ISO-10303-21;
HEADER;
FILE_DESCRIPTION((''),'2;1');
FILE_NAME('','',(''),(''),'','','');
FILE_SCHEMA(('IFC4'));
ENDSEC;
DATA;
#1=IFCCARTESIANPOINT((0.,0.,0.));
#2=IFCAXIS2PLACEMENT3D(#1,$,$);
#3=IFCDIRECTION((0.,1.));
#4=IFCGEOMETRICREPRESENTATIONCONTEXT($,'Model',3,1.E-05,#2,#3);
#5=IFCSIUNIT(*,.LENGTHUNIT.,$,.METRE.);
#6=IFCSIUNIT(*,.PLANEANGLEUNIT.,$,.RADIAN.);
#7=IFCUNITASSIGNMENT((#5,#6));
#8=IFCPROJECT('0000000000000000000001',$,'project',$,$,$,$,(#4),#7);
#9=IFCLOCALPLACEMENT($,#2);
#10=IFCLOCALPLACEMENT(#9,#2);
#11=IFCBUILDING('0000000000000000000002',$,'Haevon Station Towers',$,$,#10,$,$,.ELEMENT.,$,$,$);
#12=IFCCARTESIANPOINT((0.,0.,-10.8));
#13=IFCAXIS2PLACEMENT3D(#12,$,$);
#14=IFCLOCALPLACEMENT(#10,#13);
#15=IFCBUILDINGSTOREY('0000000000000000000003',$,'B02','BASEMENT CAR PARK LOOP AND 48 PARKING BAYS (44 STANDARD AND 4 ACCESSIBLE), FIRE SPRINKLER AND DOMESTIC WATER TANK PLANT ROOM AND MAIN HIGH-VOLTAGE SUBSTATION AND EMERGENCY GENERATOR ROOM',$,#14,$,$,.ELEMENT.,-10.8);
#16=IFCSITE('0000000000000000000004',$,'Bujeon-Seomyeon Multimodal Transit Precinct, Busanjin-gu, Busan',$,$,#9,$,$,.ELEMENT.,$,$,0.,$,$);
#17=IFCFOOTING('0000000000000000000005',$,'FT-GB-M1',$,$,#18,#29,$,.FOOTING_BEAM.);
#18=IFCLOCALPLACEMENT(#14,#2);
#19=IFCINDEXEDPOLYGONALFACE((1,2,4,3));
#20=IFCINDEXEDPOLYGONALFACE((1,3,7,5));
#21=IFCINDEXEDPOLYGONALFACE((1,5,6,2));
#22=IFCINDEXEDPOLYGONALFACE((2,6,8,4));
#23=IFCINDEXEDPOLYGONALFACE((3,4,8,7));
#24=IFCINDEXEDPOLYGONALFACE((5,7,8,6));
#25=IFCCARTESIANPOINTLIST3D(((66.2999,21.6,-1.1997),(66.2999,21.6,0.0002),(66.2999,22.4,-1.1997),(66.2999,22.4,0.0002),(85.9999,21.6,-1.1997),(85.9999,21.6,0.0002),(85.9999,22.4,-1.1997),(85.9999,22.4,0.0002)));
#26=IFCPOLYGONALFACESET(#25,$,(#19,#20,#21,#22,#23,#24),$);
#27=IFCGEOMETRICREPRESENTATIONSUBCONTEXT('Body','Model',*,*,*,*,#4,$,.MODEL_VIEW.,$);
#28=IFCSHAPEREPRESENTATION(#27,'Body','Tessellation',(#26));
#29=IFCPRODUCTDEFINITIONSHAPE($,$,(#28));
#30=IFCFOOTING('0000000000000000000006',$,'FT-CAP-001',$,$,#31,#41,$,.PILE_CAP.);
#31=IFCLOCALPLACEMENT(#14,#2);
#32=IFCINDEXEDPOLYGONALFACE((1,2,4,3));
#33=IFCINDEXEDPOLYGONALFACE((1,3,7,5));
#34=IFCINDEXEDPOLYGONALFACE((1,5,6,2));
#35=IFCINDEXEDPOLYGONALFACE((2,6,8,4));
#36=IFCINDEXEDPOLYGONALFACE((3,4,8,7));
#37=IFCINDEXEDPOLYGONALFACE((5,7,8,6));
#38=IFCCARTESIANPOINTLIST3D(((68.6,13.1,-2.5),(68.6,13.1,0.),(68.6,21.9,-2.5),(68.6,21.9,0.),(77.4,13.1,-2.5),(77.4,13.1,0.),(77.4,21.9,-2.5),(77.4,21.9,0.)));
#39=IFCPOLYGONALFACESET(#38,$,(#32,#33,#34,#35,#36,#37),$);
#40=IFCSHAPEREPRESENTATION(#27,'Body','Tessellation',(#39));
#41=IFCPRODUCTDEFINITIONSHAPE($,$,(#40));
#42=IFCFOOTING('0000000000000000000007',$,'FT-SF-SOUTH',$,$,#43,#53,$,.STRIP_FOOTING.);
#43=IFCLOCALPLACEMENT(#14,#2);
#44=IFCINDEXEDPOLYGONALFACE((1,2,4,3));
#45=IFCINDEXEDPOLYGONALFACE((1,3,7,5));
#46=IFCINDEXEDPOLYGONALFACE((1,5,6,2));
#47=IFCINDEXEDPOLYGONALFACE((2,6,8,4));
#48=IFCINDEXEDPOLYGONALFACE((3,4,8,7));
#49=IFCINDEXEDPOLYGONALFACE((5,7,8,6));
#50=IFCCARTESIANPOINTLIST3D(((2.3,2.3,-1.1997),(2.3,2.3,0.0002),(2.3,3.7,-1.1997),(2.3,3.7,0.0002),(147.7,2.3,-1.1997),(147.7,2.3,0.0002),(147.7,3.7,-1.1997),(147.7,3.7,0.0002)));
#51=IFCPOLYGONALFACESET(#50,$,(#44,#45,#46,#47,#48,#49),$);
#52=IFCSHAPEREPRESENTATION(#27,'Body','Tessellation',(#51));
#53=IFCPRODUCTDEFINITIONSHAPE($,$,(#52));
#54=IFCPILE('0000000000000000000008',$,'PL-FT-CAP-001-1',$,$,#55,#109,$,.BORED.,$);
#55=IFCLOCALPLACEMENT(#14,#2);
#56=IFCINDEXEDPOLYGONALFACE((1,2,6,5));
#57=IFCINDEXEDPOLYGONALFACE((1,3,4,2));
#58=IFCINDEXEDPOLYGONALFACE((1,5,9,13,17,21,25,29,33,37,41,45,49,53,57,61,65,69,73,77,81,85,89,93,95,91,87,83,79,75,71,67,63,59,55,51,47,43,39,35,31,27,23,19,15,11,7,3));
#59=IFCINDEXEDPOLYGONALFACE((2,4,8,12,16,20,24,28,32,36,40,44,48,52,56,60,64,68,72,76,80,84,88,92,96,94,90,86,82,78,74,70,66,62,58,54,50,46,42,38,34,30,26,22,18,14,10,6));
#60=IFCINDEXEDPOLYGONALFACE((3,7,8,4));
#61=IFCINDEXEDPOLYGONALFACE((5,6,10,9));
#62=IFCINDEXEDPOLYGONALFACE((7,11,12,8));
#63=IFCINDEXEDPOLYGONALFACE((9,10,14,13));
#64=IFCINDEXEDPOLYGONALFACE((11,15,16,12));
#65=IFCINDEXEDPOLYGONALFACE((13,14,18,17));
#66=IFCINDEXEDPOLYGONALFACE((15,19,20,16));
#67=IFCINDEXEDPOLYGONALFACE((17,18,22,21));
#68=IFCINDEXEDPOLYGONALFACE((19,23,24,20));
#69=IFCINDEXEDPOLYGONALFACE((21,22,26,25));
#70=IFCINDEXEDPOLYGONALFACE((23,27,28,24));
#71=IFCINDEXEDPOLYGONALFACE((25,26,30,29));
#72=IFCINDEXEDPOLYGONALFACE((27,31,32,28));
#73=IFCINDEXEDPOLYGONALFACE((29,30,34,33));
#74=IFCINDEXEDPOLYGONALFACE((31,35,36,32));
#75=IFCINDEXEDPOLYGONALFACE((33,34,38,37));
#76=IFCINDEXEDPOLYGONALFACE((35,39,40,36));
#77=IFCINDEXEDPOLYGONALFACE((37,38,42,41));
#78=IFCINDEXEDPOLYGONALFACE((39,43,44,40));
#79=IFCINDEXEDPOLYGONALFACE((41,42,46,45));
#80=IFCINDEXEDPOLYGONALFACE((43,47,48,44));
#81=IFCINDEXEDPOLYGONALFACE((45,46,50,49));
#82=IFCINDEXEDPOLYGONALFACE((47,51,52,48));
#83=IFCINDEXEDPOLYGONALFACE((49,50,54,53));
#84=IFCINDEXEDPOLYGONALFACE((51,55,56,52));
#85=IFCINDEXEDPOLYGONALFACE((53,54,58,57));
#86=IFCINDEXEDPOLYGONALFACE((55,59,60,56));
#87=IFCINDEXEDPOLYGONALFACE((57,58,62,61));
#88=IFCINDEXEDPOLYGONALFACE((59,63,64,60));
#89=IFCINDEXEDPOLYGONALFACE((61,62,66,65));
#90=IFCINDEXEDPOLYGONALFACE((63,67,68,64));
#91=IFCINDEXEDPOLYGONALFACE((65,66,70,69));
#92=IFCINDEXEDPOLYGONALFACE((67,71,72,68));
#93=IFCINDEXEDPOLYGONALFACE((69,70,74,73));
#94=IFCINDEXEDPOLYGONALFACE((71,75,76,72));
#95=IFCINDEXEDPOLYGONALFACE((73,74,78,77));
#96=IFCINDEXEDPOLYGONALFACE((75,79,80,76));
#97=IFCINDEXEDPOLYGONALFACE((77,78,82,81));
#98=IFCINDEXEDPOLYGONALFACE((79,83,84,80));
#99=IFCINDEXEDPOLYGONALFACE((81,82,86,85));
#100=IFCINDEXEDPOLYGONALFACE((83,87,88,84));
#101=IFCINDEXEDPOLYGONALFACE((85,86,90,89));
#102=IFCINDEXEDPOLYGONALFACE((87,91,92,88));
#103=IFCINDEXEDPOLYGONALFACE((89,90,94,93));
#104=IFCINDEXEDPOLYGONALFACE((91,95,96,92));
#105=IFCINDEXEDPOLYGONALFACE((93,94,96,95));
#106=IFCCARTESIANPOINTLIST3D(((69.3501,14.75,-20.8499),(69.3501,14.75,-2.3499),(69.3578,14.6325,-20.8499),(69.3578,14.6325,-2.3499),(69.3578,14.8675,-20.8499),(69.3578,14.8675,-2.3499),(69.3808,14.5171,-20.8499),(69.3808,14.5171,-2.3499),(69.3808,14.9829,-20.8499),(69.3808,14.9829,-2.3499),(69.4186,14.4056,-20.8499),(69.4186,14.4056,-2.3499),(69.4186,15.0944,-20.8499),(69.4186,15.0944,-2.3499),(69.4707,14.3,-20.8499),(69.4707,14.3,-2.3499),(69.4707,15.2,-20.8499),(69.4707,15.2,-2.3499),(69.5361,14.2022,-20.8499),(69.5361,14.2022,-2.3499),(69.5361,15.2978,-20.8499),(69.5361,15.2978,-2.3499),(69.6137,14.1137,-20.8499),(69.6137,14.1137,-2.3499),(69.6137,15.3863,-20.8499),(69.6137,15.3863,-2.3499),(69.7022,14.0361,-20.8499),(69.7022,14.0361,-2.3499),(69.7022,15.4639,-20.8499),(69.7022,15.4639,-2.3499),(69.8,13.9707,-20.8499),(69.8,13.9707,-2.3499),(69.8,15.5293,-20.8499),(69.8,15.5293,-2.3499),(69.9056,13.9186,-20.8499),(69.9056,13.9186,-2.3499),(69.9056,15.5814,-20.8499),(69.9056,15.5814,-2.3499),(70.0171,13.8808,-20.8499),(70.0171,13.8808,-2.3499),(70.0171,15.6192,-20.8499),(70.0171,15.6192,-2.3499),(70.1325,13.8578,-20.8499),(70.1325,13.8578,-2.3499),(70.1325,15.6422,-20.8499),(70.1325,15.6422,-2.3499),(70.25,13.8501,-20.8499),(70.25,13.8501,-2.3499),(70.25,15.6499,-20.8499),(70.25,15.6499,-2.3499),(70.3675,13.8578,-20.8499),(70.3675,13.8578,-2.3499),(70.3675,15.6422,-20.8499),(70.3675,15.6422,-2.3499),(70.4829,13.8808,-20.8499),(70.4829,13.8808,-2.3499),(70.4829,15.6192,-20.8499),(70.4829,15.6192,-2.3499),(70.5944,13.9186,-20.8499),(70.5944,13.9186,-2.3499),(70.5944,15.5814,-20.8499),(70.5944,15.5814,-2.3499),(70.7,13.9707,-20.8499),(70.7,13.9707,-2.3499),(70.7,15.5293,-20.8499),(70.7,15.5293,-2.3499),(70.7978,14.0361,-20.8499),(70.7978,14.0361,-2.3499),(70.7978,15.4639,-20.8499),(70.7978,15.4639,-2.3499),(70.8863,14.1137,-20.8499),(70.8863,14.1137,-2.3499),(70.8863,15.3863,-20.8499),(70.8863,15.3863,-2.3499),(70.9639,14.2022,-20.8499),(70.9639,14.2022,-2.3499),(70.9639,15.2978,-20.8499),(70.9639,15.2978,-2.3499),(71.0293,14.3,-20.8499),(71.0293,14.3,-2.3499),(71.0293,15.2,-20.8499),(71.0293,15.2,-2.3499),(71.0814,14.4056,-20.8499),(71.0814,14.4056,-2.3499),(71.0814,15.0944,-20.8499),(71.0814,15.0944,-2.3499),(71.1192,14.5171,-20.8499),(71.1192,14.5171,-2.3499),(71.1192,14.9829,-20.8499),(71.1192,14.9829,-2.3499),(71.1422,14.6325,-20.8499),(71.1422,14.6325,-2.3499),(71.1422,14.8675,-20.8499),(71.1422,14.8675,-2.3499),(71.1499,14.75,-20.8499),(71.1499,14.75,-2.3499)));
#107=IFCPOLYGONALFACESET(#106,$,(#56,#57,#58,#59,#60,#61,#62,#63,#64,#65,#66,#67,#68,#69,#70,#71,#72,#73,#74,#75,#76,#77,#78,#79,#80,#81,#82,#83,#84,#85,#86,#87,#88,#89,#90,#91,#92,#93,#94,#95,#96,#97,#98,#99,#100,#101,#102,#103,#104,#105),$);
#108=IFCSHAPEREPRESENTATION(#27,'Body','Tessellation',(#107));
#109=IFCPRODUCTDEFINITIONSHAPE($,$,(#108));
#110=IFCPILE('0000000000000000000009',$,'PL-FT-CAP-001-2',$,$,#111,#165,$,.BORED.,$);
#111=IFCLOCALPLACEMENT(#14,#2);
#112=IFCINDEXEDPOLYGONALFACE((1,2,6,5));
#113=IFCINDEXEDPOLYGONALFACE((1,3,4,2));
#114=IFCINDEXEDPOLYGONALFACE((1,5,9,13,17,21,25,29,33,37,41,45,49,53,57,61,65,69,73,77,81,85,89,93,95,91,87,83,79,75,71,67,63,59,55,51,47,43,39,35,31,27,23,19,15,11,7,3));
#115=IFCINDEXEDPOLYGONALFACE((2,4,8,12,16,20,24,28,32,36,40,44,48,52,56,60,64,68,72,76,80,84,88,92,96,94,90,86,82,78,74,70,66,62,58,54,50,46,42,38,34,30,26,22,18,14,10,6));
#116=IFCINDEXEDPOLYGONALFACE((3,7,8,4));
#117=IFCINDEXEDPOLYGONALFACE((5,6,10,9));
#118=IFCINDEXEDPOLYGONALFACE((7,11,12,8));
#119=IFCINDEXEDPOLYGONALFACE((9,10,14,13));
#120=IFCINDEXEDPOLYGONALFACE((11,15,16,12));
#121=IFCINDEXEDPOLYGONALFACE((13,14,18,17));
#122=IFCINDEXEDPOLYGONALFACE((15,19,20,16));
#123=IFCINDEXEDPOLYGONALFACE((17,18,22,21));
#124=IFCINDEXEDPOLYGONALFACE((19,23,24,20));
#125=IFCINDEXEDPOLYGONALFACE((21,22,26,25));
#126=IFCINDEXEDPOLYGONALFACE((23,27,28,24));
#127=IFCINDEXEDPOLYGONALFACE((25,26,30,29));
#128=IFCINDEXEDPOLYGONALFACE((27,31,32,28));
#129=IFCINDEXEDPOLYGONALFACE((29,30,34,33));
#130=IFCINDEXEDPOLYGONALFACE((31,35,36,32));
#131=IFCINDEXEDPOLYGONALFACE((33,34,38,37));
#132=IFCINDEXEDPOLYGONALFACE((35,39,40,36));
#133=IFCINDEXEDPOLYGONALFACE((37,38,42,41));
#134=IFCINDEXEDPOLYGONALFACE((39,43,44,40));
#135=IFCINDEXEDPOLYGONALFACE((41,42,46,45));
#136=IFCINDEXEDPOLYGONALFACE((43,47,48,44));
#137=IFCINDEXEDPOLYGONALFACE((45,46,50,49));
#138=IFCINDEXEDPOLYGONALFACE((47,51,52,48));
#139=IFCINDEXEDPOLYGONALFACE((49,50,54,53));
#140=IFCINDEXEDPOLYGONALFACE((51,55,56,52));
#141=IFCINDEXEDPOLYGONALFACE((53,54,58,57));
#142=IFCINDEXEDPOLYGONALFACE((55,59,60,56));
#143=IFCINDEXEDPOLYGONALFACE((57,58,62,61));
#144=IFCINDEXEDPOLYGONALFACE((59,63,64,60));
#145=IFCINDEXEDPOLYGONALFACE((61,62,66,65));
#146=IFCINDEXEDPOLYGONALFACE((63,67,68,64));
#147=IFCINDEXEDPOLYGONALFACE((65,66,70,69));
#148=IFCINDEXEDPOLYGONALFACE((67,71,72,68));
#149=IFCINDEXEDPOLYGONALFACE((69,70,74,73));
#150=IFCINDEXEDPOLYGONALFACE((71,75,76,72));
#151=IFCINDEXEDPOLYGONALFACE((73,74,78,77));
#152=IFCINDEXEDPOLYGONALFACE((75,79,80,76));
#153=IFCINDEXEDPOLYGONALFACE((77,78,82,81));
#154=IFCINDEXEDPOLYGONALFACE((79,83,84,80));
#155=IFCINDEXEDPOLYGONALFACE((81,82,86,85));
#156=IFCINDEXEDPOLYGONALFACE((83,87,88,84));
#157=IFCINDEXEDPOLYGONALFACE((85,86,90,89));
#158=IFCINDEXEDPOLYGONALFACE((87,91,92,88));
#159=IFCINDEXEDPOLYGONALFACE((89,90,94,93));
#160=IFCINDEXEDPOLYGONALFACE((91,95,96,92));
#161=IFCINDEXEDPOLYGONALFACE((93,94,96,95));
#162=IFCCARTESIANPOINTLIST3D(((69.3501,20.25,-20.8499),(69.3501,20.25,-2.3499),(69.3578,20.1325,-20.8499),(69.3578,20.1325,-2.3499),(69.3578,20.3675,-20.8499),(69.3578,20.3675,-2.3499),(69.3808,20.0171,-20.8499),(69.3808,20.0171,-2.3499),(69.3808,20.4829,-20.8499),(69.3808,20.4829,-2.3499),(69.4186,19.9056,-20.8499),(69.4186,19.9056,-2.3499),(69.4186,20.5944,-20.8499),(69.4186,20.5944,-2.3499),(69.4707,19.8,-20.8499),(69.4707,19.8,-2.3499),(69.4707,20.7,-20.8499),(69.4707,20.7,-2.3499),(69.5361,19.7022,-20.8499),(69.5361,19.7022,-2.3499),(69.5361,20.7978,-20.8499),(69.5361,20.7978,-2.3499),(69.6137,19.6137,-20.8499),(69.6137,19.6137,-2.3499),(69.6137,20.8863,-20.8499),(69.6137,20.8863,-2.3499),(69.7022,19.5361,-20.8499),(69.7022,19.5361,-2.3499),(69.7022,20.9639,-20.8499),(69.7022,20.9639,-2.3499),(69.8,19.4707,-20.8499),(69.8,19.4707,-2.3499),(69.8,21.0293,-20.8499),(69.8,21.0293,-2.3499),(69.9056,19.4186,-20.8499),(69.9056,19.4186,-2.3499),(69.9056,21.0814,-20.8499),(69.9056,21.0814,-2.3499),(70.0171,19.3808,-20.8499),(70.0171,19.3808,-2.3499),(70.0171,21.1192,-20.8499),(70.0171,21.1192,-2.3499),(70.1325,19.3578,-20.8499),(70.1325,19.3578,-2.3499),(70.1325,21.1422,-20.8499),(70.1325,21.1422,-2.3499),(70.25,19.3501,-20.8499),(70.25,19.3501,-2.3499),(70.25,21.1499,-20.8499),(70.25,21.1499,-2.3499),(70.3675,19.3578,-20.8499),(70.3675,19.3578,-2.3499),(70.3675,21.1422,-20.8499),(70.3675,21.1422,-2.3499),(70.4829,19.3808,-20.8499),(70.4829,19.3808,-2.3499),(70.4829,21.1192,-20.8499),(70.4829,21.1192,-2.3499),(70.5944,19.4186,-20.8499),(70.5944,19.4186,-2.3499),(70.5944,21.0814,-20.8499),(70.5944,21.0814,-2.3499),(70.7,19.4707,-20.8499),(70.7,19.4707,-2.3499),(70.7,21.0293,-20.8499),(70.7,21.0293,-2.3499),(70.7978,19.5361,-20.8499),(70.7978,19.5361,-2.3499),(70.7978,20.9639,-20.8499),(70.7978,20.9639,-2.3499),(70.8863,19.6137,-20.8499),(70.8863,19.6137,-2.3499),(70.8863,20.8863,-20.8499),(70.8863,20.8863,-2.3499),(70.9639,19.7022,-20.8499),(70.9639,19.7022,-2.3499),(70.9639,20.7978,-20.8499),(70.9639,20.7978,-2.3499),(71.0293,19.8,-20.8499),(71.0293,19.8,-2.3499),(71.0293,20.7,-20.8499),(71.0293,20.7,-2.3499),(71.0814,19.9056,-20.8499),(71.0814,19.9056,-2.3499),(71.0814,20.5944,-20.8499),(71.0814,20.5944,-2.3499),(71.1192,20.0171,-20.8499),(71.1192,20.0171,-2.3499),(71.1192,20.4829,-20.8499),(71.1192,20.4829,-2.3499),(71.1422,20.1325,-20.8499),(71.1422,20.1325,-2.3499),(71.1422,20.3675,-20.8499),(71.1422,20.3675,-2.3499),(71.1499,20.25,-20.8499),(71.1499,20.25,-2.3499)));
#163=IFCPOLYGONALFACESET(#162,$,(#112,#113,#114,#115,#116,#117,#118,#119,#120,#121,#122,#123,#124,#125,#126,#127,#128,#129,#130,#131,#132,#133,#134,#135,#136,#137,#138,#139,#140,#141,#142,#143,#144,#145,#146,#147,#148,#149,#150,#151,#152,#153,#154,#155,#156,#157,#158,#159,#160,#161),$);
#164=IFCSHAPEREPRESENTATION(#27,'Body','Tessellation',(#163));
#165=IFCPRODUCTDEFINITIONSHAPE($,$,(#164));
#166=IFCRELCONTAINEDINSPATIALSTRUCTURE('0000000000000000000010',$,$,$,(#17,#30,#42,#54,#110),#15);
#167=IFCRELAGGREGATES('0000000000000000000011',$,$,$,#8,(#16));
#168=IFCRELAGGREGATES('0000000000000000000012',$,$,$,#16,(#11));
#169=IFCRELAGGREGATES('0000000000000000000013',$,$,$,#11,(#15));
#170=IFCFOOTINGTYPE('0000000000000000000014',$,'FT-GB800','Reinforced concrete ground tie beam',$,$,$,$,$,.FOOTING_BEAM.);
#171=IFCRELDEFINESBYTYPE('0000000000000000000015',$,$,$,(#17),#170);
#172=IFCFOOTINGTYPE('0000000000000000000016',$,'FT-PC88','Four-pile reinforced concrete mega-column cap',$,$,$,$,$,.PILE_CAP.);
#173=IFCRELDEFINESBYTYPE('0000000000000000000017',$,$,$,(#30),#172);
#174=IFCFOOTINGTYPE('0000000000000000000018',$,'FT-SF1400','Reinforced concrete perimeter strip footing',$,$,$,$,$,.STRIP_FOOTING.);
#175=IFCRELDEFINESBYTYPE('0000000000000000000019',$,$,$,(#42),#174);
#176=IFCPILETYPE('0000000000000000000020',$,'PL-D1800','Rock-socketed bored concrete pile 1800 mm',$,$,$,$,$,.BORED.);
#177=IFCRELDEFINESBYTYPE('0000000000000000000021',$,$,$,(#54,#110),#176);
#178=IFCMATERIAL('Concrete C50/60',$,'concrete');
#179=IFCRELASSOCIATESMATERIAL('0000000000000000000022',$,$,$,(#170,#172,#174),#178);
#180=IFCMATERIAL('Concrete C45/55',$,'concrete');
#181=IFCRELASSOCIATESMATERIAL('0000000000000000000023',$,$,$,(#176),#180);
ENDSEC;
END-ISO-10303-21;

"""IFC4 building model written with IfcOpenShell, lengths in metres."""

from ifc_helpers import new_model, si_unit, direction, frame, origin, origin_2d, place, context, subcontext, project, spatial, rectangle, circle, extrude, material, material_profile, profile_set, type_object, element, save


model = new_model("IFC4")

# Units and contexts
model_context = context("Model", 3, precision=1e-05, world=origin(), true_north=direction((0.0, 1.0)))
body_context = subcontext(model_context, "Body", "Model", "MODEL_VIEW")
ifc_project = project(units=[si_unit("LENGTHUNIT", "METRE"), si_unit("PLANEANGLEUNIT", "RADIAN")], contexts=[model_context])

# Site, building, storey
site_placement = place(None, origin())
site = spatial("IfcSite", under=ifc_project, at=site_placement, Name="Bujeon-Seomyeon Multimodal Transit Precinct, Busanjin-gu, Busan", CompositionType="ELEMENT", RefElevation=0.0)
building_placement = place(site_placement, origin())
building = spatial("IfcBuilding", under=site, at=building_placement, Name="Haevon Station Towers", CompositionType="ELEMENT")
storey_placement = place(building_placement, frame((0.0, 0.0, -10.8)))
storey = spatial("IfcBuildingStorey", under=building, at=storey_placement, Name="B02", Description="BASEMENT CAR PARK LOOP AND 48 PARKING BAYS (44 STANDARD AND 4 ACCESSIBLE), FIRE SPRINKLER AND DOMESTIC WATER TANK PLANT ROOM AND MAIN HIGH-VOLTAGE SUBSTATION AND EMERGENCY GENERATOR ROOM", CompositionType="ELEMENT", Elevation=-10.8)

# Footings
ifc_material_1 = material(Name="Concrete C50/60", Category="concrete")
footing_type_1 = type_object("IfcFootingType", Name="FT-GB800", Description="Reinforced concrete ground tie beam", PredefinedType="FOOTING_BEAM", material=ifc_material_1)
footing_1_placement = place(storey_placement, frame((76.1499, 22.0, -1.1997), z_axis=(0.0, 0.0, 1.0), x_axis=(1.0, 0.0, 0.0)))
element("IfcFooting", 1, at=footing_1_placement, inside=storey, type_object=footing_type_1, Name="FT-GB-M1", PredefinedType="FOOTING_BEAM", context=body_context, shape_type="SweptSolid", body=[
    extrude(rectangle(XDim=19.7, YDim=0.8, at=origin_2d()), origin(), (0.0, 0.0, 1.0), 1.2),
])
footing_type_2 = type_object("IfcFootingType", Name="FT-PC88", Description="Four-pile reinforced concrete mega-column cap", PredefinedType="PILE_CAP", material=ifc_material_1)
footing_2_placement = place(storey_placement, frame((73.0, 17.5, -2.5), z_axis=(0.0, 0.0, 1.0), x_axis=(1.0, 0.0, 0.0)))
element("IfcFooting", 2, at=footing_2_placement, inside=storey, type_object=footing_type_2, Name="FT-CAP-001", PredefinedType="PILE_CAP", context=body_context, shape_type="SweptSolid", body=[
    extrude(rectangle(XDim=8.8, YDim=8.8, at=origin_2d()), origin(), (0.0, 0.0, 1.0), 2.5),
])
footing_type_3 = type_object("IfcFootingType", Name="FT-SF1400", Description="Reinforced concrete perimeter strip footing", PredefinedType="STRIP_FOOTING", material=ifc_material_1)
footing_3_placement = place(storey_placement, frame((75.0, 3.0, -1.1997), z_axis=(0.0, 0.0, 1.0), x_axis=(1.0, 0.0, 0.0)))
element("IfcFooting", 3, at=footing_3_placement, inside=storey, type_object=footing_type_3, Name="FT-SF-SOUTH", PredefinedType="STRIP_FOOTING", context=body_context, shape_type="SweptSolid", body=[
    extrude(rectangle(XDim=145.3999, YDim=1.3999, at=origin_2d()), origin(), (0.0, 0.0, 1.0), 1.2),
])

# Piles
ifc_material_2 = material(Name="Concrete C45/55", Category="concrete")
ifc_material_profile_1 = material_profile(ifc_material_2, circle(Radius=0.8999, at=origin_2d()), Name="PILE-D1800")
ifc_profile_set_1 = profile_set([ifc_material_profile_1], Name="Concrete C45/55")
pile_type_1 = type_object("IfcPileType", Name="PL-D1800", Description="Rock-socketed bored concrete pile 1800 mm", PredefinedType="BORED", material=ifc_profile_set_1)
for number, where, z_axis, x_axis, name in (
    (4, (70.25, 14.75, -2.3499), (0.0, 0.0, -1.0), (1.0, 0.0, 0.0), "PL-FT-CAP-001-1"),
    (5, (70.25, 20.25, -2.3499), (0.0, 0.0, -1.0), (1.0, 0.0, 0.0), "PL-FT-CAP-001-2"),
):
    element("IfcPile", number, at=place(storey_placement, frame(where, z_axis=z_axis, x_axis=x_axis)), inside=storey, type_object=pile_type_1, Name=name, PredefinedType="BORED", context=body_context, shape_type="SweptSolid", body=[
        extrude(circle(Radius=0.8999, at=origin_2d()), origin(), (0.0, 0.0, 1.0), 18.5),
    ])

save(model, "model.ifc")
